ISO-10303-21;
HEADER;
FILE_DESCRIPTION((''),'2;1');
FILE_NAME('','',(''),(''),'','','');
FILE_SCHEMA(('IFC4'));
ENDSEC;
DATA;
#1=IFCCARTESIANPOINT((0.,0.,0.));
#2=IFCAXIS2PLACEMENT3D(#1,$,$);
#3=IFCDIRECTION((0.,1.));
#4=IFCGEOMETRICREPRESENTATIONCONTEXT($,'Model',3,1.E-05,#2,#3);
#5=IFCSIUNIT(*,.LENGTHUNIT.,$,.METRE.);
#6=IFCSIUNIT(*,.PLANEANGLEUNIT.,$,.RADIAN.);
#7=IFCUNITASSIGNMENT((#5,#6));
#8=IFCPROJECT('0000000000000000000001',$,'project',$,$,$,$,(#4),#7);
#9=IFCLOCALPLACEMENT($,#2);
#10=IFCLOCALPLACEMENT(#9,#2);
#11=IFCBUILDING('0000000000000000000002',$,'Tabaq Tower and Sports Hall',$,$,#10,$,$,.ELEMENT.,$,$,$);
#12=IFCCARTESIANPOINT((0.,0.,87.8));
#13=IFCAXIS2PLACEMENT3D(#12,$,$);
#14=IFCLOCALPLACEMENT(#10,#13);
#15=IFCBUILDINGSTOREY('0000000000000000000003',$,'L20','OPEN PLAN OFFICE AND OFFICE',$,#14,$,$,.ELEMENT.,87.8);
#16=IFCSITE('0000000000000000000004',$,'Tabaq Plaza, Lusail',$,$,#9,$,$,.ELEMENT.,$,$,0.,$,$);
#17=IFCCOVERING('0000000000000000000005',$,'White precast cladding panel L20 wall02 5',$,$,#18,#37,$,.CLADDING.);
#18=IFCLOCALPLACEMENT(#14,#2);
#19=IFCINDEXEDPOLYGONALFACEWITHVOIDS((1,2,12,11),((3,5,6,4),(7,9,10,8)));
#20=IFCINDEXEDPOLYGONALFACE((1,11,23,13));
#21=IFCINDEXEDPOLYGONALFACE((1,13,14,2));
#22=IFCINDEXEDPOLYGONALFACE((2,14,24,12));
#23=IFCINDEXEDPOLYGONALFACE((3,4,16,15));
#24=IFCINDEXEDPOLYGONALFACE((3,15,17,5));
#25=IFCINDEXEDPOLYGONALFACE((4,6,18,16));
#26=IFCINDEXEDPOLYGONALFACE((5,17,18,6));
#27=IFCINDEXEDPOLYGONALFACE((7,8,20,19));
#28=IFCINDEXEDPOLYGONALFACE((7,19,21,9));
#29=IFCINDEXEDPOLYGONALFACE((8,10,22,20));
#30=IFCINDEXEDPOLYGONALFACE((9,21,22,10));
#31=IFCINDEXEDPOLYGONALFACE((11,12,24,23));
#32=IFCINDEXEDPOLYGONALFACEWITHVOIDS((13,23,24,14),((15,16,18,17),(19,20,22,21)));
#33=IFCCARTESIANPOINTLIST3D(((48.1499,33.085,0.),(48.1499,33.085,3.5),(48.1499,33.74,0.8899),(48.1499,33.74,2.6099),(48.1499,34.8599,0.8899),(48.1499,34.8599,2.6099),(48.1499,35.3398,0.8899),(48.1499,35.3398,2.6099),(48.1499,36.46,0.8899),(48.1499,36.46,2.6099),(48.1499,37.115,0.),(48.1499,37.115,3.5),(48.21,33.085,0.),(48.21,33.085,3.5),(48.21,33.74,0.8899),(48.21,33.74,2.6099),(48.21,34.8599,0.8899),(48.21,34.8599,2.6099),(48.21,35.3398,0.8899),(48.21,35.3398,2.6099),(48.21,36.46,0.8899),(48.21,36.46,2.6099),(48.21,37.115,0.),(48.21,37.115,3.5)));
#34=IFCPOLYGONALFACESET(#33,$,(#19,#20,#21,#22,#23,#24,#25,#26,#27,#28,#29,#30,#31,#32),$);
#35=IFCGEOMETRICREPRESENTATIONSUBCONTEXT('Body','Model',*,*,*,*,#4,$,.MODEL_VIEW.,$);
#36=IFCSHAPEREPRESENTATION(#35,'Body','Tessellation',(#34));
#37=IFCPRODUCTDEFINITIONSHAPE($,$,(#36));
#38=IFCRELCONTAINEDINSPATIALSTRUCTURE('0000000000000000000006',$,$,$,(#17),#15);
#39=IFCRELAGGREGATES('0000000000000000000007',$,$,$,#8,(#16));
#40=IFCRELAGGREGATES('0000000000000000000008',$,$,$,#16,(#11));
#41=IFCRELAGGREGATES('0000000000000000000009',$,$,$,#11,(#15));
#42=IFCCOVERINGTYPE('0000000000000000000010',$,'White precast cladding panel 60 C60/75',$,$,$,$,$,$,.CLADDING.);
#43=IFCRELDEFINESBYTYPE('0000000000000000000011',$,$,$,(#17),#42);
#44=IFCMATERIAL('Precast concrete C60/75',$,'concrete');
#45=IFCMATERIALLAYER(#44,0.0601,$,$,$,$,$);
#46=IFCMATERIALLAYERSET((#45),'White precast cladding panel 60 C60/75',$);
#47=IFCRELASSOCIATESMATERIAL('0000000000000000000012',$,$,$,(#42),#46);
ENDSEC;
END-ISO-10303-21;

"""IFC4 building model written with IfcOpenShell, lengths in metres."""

from ifc_helpers import new_model, si_unit, direction, frame, origin, place, context, subcontext, project, spatial, polyline, outline, extrude, material, layer, layer_set, type_object, element, save


model = new_model("IFC4")

# Units and contexts
model_context = context("Model", 3, precision=1e-05, world=origin(), true_north=direction((0.0, 1.0)))
body_context = subcontext(model_context, "Body", "Model", "MODEL_VIEW")
ifc_project = project(units=[si_unit("LENGTHUNIT", "METRE"), si_unit("PLANEANGLEUNIT", "RADIAN")], contexts=[model_context])

# Site, building, storey
site_placement = place(None, origin())
site = spatial("IfcSite", under=ifc_project, at=site_placement, Name="Tabaq Plaza, Lusail", CompositionType="ELEMENT", RefElevation=0.0)
building_placement = place(site_placement, origin())
building = spatial("IfcBuilding", under=site, at=building_placement, Name="Tabaq Tower and Sports Hall", CompositionType="ELEMENT")
storey_placement = place(building_placement, frame((0.0, 0.0, 87.8)))
storey = spatial("IfcBuildingStorey", under=building, at=storey_placement, Name="L20", Description="OPEN PLAN OFFICE AND OFFICE", CompositionType="ELEMENT", Elevation=87.8)

# Covering
ifc_material_1 = material(Name="Precast concrete C60/75", Category="concrete")
ifc_layer_1 = layer(ifc_material_1, 0.0601)
ifc_layer_set_1 = layer_set([ifc_layer_1], Name="White precast cladding panel 60 C60/75")
covering_type_1 = type_object("IfcCoveringType", Name="White precast cladding panel 60 C60/75", PredefinedType="CLADDING", material=ifc_layer_set_1)
covering_1_placement = place(storey_placement, frame((48.1799, 33.085, 0.0), z_axis=(0.0, 0.0, 1.0), x_axis=(0.0, 1.0, 0.0)))
element("IfcCovering", 1, at=covering_1_placement, inside=storey, type_object=covering_type_1, Name="White precast cladding panel L20 wall02 5", PredefinedType="CLADDING", context=body_context, shape_type="SweptSolid", body=[
    extrude(outline(polyline([(0.0, 0.0), (4.03, 0.0), (4.03, 3.5), (0.0, 3.5), (0.0, 0.0)]), holes=[polyline([(0.655, 2.6099), (1.7749, 2.6099), (1.7749, 0.8899), (0.655, 0.8899), (0.655, 2.6099)]), polyline([(2.2549, 2.6099), (3.375, 2.6099), (3.375, 0.8899), (2.2549, 0.8899), (2.2549, 2.6099)])]), frame((0.0, 0.03, 0.0), z_axis=(0.0, -1.0, 0.0), x_axis=(1.0, 0.0, 0.0)), (0.0, 0.0, 1.0), 0.0601),
])

save(model, "model.ifc")
